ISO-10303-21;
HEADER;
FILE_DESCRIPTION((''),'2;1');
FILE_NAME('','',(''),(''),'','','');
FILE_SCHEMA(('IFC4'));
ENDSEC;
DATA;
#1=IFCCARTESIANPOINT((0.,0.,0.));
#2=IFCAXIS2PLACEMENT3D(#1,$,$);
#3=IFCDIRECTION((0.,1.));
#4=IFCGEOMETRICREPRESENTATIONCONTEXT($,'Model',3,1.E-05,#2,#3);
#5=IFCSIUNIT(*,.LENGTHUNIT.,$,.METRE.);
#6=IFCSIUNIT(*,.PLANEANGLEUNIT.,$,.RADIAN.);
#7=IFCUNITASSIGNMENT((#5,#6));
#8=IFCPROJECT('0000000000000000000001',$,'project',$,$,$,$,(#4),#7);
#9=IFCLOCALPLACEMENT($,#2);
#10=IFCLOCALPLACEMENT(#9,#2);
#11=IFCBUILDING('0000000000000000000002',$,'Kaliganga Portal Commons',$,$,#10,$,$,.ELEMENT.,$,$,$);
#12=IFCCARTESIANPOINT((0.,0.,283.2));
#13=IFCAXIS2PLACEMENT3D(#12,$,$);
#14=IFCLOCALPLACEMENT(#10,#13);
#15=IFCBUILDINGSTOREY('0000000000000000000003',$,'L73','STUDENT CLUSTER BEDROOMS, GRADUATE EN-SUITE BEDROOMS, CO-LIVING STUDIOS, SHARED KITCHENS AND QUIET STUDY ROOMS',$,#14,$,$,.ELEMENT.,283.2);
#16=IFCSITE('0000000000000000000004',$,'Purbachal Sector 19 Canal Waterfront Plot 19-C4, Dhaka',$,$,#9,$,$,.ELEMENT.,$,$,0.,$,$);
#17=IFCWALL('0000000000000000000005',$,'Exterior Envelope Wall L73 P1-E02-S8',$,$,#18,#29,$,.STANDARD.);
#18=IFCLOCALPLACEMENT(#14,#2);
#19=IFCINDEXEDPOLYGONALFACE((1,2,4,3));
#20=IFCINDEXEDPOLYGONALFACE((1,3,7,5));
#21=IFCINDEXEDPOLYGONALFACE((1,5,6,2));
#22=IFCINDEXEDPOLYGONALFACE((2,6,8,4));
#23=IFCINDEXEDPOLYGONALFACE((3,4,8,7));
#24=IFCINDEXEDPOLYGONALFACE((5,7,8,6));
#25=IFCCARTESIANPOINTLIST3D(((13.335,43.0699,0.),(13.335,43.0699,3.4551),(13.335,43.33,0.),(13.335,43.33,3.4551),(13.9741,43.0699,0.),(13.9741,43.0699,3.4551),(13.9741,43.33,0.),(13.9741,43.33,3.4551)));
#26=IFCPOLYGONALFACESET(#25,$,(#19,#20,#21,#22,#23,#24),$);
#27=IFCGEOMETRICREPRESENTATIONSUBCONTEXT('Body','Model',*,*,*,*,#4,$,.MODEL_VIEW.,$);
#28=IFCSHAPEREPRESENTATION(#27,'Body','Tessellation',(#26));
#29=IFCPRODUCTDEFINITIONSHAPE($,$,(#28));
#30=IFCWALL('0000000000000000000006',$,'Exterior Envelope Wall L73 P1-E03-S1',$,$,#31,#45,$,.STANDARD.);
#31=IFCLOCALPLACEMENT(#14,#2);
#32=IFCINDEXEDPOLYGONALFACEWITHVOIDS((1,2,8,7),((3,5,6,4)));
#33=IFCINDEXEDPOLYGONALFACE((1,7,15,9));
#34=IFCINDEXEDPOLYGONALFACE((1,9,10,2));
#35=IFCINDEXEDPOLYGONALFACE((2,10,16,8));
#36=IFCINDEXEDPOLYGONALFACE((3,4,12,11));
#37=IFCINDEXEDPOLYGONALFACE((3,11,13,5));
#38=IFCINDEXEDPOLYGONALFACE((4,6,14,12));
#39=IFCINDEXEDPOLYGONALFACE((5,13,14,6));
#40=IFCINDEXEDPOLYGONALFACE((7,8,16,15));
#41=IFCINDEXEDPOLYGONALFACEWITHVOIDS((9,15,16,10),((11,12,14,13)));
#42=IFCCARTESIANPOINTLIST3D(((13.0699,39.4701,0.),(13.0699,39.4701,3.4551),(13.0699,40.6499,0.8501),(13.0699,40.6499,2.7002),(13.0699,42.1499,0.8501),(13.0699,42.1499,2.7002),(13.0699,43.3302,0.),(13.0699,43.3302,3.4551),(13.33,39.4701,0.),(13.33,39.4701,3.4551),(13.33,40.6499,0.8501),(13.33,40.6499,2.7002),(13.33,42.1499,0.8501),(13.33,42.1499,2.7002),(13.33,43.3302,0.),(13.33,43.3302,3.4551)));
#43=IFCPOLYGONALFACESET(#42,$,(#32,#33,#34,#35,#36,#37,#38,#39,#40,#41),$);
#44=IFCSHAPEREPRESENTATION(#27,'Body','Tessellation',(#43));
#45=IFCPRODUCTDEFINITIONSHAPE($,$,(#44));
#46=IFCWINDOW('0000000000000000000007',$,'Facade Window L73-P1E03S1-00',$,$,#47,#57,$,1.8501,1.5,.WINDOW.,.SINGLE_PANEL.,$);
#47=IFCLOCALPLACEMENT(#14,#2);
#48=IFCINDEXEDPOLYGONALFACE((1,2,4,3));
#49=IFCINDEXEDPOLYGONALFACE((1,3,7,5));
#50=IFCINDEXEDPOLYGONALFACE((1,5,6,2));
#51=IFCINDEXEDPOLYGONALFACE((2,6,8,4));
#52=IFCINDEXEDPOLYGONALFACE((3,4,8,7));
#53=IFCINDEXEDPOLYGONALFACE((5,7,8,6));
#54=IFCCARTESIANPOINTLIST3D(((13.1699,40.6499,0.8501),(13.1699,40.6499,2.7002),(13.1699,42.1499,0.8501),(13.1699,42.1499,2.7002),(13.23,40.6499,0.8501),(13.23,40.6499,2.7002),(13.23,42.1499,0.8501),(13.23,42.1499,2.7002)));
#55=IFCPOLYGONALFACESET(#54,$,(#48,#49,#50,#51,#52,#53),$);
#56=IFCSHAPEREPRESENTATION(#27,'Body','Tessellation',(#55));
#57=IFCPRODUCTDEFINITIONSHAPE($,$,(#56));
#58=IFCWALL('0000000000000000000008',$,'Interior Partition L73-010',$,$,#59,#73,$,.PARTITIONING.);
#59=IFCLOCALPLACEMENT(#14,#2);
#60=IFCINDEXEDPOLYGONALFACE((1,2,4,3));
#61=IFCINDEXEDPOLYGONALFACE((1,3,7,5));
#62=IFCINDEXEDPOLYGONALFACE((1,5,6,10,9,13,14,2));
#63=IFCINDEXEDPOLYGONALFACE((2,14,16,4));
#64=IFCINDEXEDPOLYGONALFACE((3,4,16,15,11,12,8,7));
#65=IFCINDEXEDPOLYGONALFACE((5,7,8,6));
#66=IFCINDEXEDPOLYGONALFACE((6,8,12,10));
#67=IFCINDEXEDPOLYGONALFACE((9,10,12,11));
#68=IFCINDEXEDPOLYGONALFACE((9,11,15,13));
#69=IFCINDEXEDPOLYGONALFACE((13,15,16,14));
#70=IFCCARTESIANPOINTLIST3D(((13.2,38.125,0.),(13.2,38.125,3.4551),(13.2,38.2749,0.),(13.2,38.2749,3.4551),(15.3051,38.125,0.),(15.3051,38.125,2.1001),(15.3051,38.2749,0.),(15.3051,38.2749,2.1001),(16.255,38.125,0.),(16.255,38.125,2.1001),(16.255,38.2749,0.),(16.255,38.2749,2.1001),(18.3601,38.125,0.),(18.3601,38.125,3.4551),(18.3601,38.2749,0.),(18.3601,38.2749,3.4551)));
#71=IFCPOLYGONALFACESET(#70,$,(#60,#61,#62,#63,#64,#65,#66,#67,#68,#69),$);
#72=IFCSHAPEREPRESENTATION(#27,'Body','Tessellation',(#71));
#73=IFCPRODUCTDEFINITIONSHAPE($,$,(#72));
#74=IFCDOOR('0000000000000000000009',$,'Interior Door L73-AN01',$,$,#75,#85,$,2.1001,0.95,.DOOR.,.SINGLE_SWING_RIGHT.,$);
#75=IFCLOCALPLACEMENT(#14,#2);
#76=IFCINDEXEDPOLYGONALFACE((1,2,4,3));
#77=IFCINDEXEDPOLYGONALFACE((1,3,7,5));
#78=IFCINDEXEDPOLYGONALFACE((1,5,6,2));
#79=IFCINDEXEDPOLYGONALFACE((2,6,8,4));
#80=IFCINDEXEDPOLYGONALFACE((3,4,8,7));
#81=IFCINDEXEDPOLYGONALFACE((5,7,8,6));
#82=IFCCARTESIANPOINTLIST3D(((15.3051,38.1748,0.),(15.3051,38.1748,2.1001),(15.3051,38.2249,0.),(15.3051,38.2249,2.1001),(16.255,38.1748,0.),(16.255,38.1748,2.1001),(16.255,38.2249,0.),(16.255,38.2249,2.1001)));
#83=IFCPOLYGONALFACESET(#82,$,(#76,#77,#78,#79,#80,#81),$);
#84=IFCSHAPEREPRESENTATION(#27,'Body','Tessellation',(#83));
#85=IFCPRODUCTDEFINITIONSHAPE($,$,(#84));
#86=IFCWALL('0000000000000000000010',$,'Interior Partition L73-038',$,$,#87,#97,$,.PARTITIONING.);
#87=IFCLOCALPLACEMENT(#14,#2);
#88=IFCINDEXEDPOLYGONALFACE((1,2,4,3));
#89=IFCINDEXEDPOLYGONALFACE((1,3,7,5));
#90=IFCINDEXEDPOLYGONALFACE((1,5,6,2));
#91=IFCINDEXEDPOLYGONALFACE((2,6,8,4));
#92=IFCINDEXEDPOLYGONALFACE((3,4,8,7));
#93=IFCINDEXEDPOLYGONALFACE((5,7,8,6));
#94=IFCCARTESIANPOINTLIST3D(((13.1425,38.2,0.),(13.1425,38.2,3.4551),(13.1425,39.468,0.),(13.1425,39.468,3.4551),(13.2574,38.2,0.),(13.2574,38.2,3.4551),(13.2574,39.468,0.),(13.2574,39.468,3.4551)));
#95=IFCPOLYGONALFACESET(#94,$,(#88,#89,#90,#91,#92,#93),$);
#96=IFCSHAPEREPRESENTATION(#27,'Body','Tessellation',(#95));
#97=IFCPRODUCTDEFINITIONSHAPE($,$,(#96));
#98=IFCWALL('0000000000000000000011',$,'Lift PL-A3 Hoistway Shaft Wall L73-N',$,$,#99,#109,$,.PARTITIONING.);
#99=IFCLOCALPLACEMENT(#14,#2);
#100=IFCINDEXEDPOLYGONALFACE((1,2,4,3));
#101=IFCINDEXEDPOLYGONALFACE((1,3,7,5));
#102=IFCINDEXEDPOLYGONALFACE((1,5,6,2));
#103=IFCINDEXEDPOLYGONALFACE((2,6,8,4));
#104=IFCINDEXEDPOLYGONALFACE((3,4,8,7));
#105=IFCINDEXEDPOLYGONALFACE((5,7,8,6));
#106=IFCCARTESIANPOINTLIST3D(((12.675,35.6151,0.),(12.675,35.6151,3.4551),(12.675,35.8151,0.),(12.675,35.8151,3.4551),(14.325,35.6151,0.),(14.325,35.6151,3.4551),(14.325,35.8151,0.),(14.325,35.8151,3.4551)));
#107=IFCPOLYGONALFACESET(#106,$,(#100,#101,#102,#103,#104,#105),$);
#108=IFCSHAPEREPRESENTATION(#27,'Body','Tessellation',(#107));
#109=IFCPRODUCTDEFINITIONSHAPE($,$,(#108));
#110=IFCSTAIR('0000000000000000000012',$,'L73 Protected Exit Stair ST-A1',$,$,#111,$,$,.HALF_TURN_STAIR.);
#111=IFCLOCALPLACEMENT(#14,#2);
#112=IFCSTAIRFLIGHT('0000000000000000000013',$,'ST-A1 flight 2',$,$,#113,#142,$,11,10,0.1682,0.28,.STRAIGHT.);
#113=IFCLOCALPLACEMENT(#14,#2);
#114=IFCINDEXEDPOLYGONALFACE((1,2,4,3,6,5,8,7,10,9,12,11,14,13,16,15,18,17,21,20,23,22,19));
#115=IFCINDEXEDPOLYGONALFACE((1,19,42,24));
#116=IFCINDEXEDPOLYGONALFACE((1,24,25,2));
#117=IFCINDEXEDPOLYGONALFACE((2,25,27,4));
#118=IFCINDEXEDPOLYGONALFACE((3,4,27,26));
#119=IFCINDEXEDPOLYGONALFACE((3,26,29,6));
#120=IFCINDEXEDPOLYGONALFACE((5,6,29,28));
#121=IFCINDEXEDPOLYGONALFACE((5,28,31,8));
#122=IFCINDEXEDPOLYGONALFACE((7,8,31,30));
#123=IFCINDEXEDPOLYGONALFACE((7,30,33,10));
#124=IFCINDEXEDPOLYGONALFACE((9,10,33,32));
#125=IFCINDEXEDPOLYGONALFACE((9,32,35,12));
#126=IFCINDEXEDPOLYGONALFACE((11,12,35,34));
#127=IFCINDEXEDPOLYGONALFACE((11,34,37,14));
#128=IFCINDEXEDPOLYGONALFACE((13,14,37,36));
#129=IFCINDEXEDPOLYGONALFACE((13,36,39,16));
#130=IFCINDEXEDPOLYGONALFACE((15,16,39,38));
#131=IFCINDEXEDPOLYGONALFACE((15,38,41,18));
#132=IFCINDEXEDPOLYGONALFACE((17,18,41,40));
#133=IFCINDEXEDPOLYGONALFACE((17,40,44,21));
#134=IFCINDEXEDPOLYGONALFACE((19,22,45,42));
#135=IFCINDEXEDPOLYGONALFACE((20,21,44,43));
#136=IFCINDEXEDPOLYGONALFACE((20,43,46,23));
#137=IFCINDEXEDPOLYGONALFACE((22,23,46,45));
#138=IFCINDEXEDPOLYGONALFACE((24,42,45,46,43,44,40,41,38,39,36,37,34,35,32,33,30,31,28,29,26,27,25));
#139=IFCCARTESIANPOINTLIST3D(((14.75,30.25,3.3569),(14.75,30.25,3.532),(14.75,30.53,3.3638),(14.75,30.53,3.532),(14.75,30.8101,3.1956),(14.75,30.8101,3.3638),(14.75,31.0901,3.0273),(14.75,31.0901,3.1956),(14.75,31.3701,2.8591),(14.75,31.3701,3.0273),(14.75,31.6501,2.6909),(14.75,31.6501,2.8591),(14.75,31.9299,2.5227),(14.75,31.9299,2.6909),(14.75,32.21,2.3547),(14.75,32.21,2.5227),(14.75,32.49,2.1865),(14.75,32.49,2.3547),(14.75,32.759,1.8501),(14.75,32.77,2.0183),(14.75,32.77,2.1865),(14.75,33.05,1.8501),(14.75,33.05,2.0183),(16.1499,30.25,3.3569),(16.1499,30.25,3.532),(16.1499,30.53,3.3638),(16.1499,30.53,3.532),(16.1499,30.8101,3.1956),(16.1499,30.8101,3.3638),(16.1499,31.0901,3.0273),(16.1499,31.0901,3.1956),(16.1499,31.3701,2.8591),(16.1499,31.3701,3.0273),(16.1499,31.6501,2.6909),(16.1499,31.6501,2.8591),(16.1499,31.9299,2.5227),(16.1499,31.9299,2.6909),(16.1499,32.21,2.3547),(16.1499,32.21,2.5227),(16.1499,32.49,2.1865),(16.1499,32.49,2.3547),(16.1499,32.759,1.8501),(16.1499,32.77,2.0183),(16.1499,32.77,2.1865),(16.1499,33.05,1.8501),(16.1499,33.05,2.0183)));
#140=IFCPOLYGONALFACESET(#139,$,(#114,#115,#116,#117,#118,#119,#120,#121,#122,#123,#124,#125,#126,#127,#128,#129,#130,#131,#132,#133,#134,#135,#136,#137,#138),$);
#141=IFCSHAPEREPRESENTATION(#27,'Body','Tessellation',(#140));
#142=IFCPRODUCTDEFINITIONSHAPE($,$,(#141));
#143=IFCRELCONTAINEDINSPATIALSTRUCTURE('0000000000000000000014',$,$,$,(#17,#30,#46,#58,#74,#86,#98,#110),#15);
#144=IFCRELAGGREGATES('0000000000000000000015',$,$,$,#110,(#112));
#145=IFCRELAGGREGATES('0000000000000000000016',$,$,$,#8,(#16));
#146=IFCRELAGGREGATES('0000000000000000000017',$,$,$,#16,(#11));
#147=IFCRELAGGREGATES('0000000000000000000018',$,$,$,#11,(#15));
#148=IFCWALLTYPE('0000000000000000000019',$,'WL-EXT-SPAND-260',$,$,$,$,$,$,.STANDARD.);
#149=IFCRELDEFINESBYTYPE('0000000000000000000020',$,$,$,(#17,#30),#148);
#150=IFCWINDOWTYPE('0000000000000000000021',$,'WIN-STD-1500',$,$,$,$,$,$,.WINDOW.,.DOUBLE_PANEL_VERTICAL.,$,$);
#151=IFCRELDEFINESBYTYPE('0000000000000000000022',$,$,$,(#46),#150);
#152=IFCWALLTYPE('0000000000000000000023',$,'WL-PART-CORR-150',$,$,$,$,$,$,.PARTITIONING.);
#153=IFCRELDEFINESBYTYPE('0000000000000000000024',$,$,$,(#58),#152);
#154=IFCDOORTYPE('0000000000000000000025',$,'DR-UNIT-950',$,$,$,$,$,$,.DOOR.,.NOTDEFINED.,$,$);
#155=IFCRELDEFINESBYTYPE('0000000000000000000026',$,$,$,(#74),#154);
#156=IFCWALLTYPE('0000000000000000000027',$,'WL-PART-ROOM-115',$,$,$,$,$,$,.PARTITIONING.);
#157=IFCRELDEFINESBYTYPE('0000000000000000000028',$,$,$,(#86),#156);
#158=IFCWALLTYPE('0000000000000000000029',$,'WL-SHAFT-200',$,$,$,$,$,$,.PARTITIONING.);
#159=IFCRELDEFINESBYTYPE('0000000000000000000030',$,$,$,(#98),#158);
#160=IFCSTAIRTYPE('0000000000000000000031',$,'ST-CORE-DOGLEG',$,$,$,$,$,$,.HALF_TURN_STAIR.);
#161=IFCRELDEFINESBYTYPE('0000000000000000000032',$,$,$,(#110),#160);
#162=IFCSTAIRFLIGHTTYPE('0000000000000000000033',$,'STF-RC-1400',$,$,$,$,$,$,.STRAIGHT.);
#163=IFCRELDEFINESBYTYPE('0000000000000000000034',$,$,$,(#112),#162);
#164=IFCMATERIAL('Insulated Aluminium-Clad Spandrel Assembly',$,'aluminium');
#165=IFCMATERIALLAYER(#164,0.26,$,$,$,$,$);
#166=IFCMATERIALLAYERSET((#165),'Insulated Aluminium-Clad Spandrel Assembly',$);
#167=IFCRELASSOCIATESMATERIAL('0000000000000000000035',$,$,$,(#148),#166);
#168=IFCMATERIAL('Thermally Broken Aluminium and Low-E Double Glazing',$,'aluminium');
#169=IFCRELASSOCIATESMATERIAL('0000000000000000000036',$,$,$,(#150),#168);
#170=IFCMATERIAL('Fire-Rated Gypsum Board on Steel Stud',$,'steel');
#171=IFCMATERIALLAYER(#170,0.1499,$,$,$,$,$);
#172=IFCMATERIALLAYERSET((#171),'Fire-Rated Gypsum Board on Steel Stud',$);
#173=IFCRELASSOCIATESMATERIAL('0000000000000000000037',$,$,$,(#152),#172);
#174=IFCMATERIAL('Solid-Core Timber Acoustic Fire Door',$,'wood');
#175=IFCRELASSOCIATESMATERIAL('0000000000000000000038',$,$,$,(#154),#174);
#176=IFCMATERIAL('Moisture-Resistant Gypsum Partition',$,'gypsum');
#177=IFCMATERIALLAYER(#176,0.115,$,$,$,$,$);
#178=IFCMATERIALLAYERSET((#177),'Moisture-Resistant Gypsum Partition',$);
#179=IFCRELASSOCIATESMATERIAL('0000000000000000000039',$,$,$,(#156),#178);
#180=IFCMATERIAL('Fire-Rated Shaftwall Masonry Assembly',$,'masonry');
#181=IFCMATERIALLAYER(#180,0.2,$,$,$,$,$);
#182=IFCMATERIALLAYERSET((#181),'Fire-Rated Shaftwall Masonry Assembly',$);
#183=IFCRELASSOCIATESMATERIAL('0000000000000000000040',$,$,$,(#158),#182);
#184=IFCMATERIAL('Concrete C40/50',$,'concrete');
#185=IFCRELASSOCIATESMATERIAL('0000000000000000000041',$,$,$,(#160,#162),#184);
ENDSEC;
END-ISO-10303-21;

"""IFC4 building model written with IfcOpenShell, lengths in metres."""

from ifc_helpers import new_model, si_unit, direction, frame, frame_2d, origin, place, context, subcontext, project, spatial, polyline, rectangle, outline, extrude, material, layer, layer_set, type_object, element, fill, aggregate, save


model = new_model("IFC4")

# Units and contexts
model_context = context("Model", 3, precision=1e-05, world=origin(), true_north=direction((0.0, 1.0)))
body_context = subcontext(model_context, "Body", "Model", "MODEL_VIEW")
ifc_project = project(units=[si_unit("LENGTHUNIT", "METRE"), si_unit("PLANEANGLEUNIT", "RADIAN")], contexts=[model_context])

# Site, building, storey
site_placement = place(None, origin())
site = spatial("IfcSite", under=ifc_project, at=site_placement, Name="Purbachal Sector 19 Canal Waterfront Plot 19-C4, Dhaka", CompositionType="ELEMENT", RefElevation=0.0)
building_placement = place(site_placement, origin())
building = spatial("IfcBuilding", under=site, at=building_placement, Name="Kaliganga Portal Commons", CompositionType="ELEMENT")
storey_placement = place(building_placement, frame((0.0, 0.0, 283.2)))
storey = spatial("IfcBuildingStorey", under=building, at=storey_placement, Name="L73", Description="STUDENT CLUSTER BEDROOMS, GRADUATE EN-SUITE BEDROOMS, CO-LIVING STUDIOS, SHARED KITCHENS AND QUIET STUDY ROOMS", CompositionType="ELEMENT", Elevation=283.2)

# Shared definitions
ifc_material_1 = material(Name="Insulated Aluminium-Clad Spandrel Assembly", Category="aluminium")
ifc_layer_1 = layer(ifc_material_1, 0.26)
ifc_layer_set_1 = layer_set([ifc_layer_1], Name="Insulated Aluminium-Clad Spandrel Assembly")
wall_type_1 = type_object("IfcWallType", Name="WL-EXT-SPAND-260", PredefinedType="STANDARD", material=ifc_layer_set_1)
ifc_material_2 = material(Name="Thermally Broken Aluminium and Low-E Double Glazing", Category="aluminium")

# Wall
wall_1_placement = place(storey_placement, frame((13.335, 43.2, 0.0), z_axis=(0.0, 0.0, 1.0), x_axis=(1.0, 0.0, 0.0)))
element("IfcWall", 1, at=wall_1_placement, inside=storey, type_object=wall_type_1, Name="Exterior Envelope Wall L73 P1-E02-S8", PredefinedType="STANDARD", context=body_context, shape_type="SweptSolid", body=[
    extrude(rectangle(XDim=0.6392, YDim=0.26, at=frame_2d((0.3196, 0.0))), origin(), (0.0, 0.0, 1.0), 3.4551),
])

# Wall, opening, window
wall_2_placement = place(storey_placement, frame((13.2, 39.47, 0.0), z_axis=(0.0, 0.0, 1.0), x_axis=(0.0, 1.0, 0.0)))
wall_2 = element("IfcWall", 2, at=wall_2_placement, inside=storey, type_object=wall_type_1, Name="Exterior Envelope Wall L73 P1-E03-S1", PredefinedType="STANDARD", context=body_context, shape_type="SweptSolid", body=[
    extrude(rectangle(XDim=3.8601, YDim=0.26, at=frame_2d((1.9302, 0.0))), origin(), (0.0, 0.0, 1.0), 3.4551),
])
opening_1_placement = place(wall_2_placement, frame((1.1799, 0.0, 0.8501)))
opening_1 = element("IfcOpeningElement", 3, at=opening_1_placement, cuts=wall_2, PredefinedType="OPENING", context=body_context, shape_type="SweptSolid", body=[
    extrude(rectangle(XDim=1.5, YDim=1.8501, at=frame_2d((0.75, 0.925))), frame((0.0, 0.1401, 0.0), z_axis=(0.0, -1.0, 0.0), x_axis=(1.0, 0.0, 0.0)), (0.0, 0.0, 1.0), 0.28),
])
window_type_1 = type_object("IfcWindowType", Name="WIN-STD-1500", PartitioningType="DOUBLE_PANEL_VERTICAL", PredefinedType="WINDOW", material=ifc_material_2)
window_1_placement = place(opening_1_placement, origin())
window_1 = element("IfcWindow", 4, at=window_1_placement, inside=storey, type_object=window_type_1, Name="Facade Window L73-P1E03S1-00", OverallHeight=1.8501, OverallWidth=1.5, PartitioningType="SINGLE_PANEL", PredefinedType="WINDOW", context=body_context, shape_type="SweptSolid", body=[
    extrude(rectangle(XDim=1.5, YDim=1.8501, at=frame_2d((0.75, 0.925))), frame((0.0, 0.03, 0.0), z_axis=(0.0, -1.0, 0.0), x_axis=(1.0, 0.0, 0.0)), (0.0, 0.0, 1.0), 0.0601),
])
fill(opening_1, window_1)

# Wall, opening, door
ifc_material_3 = material(Name="Fire-Rated Gypsum Board on Steel Stud", Category="steel")
ifc_layer_2 = layer(ifc_material_3, 0.1499)
ifc_layer_set_2 = layer_set([ifc_layer_2], Name="Fire-Rated Gypsum Board on Steel Stud")
wall_type_2 = type_object("IfcWallType", Name="WL-PART-CORR-150", PredefinedType="PARTITIONING", material=ifc_layer_set_2)
wall_3_placement = place(storey_placement, frame((13.2, 38.2, 0.0), z_axis=(0.0, 0.0, 1.0), x_axis=(1.0, 0.0, 0.0)))
wall_3 = element("IfcWall", 5, at=wall_3_placement, inside=storey, type_object=wall_type_2, Name="Interior Partition L73-010", PredefinedType="PARTITIONING", context=body_context, shape_type="SweptSolid", body=[
    extrude(rectangle(XDim=5.1602, YDim=0.1499, at=frame_2d((2.5801, 0.0))), origin(), (0.0, 0.0, 1.0), 3.4551),
])
opening_2_placement = place(wall_3_placement, frame((2.105, 0.0, 0.0)))
opening_2 = element("IfcOpeningElement", 6, at=opening_2_placement, cuts=wall_3, PredefinedType="OPENING", context=body_context, shape_type="SweptSolid", body=[
    extrude(rectangle(XDim=0.95, YDim=2.1001, at=frame_2d((0.4751, 1.05))), frame((0.0, 0.085, 0.0), z_axis=(0.0, -1.0, 0.0), x_axis=(1.0, 0.0, 0.0)), (0.0, 0.0, 1.0), 0.1699),
])
ifc_material_4 = material(Name="Solid-Core Timber Acoustic Fire Door", Category="wood")
door_type_1 = type_object("IfcDoorType", Name="DR-UNIT-950", OperationType="NOTDEFINED", PredefinedType="DOOR", material=ifc_material_4)
door_1_placement = place(opening_2_placement, origin())
door_1 = element("IfcDoor", 7, at=door_1_placement, inside=storey, type_object=door_type_1, Name="Interior Door L73-AN01", OperationType="SINGLE_SWING_RIGHT", OverallHeight=2.1001, OverallWidth=0.95, PredefinedType="DOOR", context=body_context, shape_type="SweptSolid", body=[
    extrude(rectangle(XDim=0.95, YDim=2.1001, at=frame_2d((0.4751, 1.05))), frame((0.0, 0.0249, 0.0), z_axis=(0.0, -1.0, 0.0), x_axis=(1.0, 0.0, 0.0)), (0.0, 0.0, 1.0), 0.05),
])
fill(opening_2, door_1)

# Wall
ifc_material_5 = material(Name="Moisture-Resistant Gypsum Partition", Category="gypsum")
ifc_layer_3 = layer(ifc_material_5, 0.115)
ifc_layer_set_3 = layer_set([ifc_layer_3], Name="Moisture-Resistant Gypsum Partition")
wall_type_3 = type_object("IfcWallType", Name="WL-PART-ROOM-115", PredefinedType="PARTITIONING", material=ifc_layer_set_3)
wall_4_placement = place(storey_placement, frame((13.2, 38.2, 0.0), z_axis=(0.0, 0.0, 1.0), x_axis=(0.0, 1.0, 0.0)))
element("IfcWall", 8, at=wall_4_placement, inside=storey, type_object=wall_type_3, Name="Interior Partition L73-038", PredefinedType="PARTITIONING", context=body_context, shape_type="SweptSolid", body=[
    extrude(rectangle(XDim=1.2681, YDim=0.115, at=frame_2d((0.634, 0.0))), origin(), (0.0, 0.0, 1.0), 3.4551),
])

# Shared definitions
ifc_material_6 = material(Name="Fire-Rated Shaftwall Masonry Assembly", Category="masonry")
ifc_layer_4 = layer(ifc_material_6, 0.2)
ifc_layer_set_4 = layer_set([ifc_layer_4], Name="Fire-Rated Shaftwall Masonry Assembly")
wall_type_4 = type_object("IfcWallType", Name="WL-SHAFT-200", PredefinedType="PARTITIONING", material=ifc_layer_set_4)

# Wall
wall_5_placement = place(storey_placement, frame((12.675, 35.7151, 0.0), z_axis=(0.0, 0.0, 1.0), x_axis=(1.0, 0.0, 0.0)))
element("IfcWall", 9, at=wall_5_placement, inside=storey, type_object=wall_type_4, Name="Lift PL-A3 Hoistway Shaft Wall L73-N", PredefinedType="PARTITIONING", context=body_context, shape_type="SweptSolid", body=[
    extrude(rectangle(XDim=1.6499, YDim=0.2, at=frame_2d((0.825, 0.0))), origin(), (0.0, 0.0, 1.0), 3.4551),
])

# Stair, stair flight
ifc_material_7 = material(Name="Concrete C40/50", Category="concrete")
stair_type = type_object("IfcStairType", Name="ST-CORE-DOGLEG", PredefinedType="HALF_TURN_STAIR", material=ifc_material_7)
stair_placement = place(storey_placement, origin())
stair = element("IfcStair", 10, at=stair_placement, inside=storey, type_object=stair_type, Name="L73 Protected Exit Stair ST-A1", PredefinedType="HALF_TURN_STAIR")
stair_flight_type = type_object("IfcStairFlightType", Name="STF-RC-1400", PredefinedType="STRAIGHT", material=ifc_material_7)
stair_flight_placement = place(storey_placement, frame((15.45, 33.05, 1.8501), z_axis=(0.0, 0.0, 1.0), x_axis=(0.0, -1.0, 0.0)))
stair_flight = element("IfcStairFlight", 11, at=stair_flight_placement, type_object=stair_flight_type, Name="ST-A1 flight 2", NumberOfRisers=11, NumberOfTreads=10, PredefinedType="STRAIGHT", RiserHeight=0.1682, TreadLength=0.28, context=body_context, shape_type="SweptSolid", body=[
    extrude(outline(polyline([(0.0, 0.0), (0.0, 0.1682), (0.28, 0.1682), (0.28, 0.3364), (0.5601, 0.3364), (0.5601, 0.5046), (0.8401, 0.5046), (0.8401, 0.6726), (1.1201, 0.6726), (1.1201, 0.8408), (1.3999, 0.8408), (1.3999, 1.009), (1.6799, 1.009), (1.6799, 1.1772), (1.96, 1.1772), (1.96, 1.3455), (2.24, 1.3455), (2.24, 1.5137), (2.52, 1.5137), (2.52, 1.6819), (2.8, 1.6819), (2.8, 1.8501), (2.8, 1.5068), (0.291, 0.0), (0.0, 0.0)])), frame((0.0, 0.7, 0.0), z_axis=(0.0, -1.0, 0.0), x_axis=(1.0, 0.0, 0.0)), (0.0, 0.0, 1.0), 1.3999),
])
aggregate(stair, [stair_flight])

save(model, "model.ifc")
